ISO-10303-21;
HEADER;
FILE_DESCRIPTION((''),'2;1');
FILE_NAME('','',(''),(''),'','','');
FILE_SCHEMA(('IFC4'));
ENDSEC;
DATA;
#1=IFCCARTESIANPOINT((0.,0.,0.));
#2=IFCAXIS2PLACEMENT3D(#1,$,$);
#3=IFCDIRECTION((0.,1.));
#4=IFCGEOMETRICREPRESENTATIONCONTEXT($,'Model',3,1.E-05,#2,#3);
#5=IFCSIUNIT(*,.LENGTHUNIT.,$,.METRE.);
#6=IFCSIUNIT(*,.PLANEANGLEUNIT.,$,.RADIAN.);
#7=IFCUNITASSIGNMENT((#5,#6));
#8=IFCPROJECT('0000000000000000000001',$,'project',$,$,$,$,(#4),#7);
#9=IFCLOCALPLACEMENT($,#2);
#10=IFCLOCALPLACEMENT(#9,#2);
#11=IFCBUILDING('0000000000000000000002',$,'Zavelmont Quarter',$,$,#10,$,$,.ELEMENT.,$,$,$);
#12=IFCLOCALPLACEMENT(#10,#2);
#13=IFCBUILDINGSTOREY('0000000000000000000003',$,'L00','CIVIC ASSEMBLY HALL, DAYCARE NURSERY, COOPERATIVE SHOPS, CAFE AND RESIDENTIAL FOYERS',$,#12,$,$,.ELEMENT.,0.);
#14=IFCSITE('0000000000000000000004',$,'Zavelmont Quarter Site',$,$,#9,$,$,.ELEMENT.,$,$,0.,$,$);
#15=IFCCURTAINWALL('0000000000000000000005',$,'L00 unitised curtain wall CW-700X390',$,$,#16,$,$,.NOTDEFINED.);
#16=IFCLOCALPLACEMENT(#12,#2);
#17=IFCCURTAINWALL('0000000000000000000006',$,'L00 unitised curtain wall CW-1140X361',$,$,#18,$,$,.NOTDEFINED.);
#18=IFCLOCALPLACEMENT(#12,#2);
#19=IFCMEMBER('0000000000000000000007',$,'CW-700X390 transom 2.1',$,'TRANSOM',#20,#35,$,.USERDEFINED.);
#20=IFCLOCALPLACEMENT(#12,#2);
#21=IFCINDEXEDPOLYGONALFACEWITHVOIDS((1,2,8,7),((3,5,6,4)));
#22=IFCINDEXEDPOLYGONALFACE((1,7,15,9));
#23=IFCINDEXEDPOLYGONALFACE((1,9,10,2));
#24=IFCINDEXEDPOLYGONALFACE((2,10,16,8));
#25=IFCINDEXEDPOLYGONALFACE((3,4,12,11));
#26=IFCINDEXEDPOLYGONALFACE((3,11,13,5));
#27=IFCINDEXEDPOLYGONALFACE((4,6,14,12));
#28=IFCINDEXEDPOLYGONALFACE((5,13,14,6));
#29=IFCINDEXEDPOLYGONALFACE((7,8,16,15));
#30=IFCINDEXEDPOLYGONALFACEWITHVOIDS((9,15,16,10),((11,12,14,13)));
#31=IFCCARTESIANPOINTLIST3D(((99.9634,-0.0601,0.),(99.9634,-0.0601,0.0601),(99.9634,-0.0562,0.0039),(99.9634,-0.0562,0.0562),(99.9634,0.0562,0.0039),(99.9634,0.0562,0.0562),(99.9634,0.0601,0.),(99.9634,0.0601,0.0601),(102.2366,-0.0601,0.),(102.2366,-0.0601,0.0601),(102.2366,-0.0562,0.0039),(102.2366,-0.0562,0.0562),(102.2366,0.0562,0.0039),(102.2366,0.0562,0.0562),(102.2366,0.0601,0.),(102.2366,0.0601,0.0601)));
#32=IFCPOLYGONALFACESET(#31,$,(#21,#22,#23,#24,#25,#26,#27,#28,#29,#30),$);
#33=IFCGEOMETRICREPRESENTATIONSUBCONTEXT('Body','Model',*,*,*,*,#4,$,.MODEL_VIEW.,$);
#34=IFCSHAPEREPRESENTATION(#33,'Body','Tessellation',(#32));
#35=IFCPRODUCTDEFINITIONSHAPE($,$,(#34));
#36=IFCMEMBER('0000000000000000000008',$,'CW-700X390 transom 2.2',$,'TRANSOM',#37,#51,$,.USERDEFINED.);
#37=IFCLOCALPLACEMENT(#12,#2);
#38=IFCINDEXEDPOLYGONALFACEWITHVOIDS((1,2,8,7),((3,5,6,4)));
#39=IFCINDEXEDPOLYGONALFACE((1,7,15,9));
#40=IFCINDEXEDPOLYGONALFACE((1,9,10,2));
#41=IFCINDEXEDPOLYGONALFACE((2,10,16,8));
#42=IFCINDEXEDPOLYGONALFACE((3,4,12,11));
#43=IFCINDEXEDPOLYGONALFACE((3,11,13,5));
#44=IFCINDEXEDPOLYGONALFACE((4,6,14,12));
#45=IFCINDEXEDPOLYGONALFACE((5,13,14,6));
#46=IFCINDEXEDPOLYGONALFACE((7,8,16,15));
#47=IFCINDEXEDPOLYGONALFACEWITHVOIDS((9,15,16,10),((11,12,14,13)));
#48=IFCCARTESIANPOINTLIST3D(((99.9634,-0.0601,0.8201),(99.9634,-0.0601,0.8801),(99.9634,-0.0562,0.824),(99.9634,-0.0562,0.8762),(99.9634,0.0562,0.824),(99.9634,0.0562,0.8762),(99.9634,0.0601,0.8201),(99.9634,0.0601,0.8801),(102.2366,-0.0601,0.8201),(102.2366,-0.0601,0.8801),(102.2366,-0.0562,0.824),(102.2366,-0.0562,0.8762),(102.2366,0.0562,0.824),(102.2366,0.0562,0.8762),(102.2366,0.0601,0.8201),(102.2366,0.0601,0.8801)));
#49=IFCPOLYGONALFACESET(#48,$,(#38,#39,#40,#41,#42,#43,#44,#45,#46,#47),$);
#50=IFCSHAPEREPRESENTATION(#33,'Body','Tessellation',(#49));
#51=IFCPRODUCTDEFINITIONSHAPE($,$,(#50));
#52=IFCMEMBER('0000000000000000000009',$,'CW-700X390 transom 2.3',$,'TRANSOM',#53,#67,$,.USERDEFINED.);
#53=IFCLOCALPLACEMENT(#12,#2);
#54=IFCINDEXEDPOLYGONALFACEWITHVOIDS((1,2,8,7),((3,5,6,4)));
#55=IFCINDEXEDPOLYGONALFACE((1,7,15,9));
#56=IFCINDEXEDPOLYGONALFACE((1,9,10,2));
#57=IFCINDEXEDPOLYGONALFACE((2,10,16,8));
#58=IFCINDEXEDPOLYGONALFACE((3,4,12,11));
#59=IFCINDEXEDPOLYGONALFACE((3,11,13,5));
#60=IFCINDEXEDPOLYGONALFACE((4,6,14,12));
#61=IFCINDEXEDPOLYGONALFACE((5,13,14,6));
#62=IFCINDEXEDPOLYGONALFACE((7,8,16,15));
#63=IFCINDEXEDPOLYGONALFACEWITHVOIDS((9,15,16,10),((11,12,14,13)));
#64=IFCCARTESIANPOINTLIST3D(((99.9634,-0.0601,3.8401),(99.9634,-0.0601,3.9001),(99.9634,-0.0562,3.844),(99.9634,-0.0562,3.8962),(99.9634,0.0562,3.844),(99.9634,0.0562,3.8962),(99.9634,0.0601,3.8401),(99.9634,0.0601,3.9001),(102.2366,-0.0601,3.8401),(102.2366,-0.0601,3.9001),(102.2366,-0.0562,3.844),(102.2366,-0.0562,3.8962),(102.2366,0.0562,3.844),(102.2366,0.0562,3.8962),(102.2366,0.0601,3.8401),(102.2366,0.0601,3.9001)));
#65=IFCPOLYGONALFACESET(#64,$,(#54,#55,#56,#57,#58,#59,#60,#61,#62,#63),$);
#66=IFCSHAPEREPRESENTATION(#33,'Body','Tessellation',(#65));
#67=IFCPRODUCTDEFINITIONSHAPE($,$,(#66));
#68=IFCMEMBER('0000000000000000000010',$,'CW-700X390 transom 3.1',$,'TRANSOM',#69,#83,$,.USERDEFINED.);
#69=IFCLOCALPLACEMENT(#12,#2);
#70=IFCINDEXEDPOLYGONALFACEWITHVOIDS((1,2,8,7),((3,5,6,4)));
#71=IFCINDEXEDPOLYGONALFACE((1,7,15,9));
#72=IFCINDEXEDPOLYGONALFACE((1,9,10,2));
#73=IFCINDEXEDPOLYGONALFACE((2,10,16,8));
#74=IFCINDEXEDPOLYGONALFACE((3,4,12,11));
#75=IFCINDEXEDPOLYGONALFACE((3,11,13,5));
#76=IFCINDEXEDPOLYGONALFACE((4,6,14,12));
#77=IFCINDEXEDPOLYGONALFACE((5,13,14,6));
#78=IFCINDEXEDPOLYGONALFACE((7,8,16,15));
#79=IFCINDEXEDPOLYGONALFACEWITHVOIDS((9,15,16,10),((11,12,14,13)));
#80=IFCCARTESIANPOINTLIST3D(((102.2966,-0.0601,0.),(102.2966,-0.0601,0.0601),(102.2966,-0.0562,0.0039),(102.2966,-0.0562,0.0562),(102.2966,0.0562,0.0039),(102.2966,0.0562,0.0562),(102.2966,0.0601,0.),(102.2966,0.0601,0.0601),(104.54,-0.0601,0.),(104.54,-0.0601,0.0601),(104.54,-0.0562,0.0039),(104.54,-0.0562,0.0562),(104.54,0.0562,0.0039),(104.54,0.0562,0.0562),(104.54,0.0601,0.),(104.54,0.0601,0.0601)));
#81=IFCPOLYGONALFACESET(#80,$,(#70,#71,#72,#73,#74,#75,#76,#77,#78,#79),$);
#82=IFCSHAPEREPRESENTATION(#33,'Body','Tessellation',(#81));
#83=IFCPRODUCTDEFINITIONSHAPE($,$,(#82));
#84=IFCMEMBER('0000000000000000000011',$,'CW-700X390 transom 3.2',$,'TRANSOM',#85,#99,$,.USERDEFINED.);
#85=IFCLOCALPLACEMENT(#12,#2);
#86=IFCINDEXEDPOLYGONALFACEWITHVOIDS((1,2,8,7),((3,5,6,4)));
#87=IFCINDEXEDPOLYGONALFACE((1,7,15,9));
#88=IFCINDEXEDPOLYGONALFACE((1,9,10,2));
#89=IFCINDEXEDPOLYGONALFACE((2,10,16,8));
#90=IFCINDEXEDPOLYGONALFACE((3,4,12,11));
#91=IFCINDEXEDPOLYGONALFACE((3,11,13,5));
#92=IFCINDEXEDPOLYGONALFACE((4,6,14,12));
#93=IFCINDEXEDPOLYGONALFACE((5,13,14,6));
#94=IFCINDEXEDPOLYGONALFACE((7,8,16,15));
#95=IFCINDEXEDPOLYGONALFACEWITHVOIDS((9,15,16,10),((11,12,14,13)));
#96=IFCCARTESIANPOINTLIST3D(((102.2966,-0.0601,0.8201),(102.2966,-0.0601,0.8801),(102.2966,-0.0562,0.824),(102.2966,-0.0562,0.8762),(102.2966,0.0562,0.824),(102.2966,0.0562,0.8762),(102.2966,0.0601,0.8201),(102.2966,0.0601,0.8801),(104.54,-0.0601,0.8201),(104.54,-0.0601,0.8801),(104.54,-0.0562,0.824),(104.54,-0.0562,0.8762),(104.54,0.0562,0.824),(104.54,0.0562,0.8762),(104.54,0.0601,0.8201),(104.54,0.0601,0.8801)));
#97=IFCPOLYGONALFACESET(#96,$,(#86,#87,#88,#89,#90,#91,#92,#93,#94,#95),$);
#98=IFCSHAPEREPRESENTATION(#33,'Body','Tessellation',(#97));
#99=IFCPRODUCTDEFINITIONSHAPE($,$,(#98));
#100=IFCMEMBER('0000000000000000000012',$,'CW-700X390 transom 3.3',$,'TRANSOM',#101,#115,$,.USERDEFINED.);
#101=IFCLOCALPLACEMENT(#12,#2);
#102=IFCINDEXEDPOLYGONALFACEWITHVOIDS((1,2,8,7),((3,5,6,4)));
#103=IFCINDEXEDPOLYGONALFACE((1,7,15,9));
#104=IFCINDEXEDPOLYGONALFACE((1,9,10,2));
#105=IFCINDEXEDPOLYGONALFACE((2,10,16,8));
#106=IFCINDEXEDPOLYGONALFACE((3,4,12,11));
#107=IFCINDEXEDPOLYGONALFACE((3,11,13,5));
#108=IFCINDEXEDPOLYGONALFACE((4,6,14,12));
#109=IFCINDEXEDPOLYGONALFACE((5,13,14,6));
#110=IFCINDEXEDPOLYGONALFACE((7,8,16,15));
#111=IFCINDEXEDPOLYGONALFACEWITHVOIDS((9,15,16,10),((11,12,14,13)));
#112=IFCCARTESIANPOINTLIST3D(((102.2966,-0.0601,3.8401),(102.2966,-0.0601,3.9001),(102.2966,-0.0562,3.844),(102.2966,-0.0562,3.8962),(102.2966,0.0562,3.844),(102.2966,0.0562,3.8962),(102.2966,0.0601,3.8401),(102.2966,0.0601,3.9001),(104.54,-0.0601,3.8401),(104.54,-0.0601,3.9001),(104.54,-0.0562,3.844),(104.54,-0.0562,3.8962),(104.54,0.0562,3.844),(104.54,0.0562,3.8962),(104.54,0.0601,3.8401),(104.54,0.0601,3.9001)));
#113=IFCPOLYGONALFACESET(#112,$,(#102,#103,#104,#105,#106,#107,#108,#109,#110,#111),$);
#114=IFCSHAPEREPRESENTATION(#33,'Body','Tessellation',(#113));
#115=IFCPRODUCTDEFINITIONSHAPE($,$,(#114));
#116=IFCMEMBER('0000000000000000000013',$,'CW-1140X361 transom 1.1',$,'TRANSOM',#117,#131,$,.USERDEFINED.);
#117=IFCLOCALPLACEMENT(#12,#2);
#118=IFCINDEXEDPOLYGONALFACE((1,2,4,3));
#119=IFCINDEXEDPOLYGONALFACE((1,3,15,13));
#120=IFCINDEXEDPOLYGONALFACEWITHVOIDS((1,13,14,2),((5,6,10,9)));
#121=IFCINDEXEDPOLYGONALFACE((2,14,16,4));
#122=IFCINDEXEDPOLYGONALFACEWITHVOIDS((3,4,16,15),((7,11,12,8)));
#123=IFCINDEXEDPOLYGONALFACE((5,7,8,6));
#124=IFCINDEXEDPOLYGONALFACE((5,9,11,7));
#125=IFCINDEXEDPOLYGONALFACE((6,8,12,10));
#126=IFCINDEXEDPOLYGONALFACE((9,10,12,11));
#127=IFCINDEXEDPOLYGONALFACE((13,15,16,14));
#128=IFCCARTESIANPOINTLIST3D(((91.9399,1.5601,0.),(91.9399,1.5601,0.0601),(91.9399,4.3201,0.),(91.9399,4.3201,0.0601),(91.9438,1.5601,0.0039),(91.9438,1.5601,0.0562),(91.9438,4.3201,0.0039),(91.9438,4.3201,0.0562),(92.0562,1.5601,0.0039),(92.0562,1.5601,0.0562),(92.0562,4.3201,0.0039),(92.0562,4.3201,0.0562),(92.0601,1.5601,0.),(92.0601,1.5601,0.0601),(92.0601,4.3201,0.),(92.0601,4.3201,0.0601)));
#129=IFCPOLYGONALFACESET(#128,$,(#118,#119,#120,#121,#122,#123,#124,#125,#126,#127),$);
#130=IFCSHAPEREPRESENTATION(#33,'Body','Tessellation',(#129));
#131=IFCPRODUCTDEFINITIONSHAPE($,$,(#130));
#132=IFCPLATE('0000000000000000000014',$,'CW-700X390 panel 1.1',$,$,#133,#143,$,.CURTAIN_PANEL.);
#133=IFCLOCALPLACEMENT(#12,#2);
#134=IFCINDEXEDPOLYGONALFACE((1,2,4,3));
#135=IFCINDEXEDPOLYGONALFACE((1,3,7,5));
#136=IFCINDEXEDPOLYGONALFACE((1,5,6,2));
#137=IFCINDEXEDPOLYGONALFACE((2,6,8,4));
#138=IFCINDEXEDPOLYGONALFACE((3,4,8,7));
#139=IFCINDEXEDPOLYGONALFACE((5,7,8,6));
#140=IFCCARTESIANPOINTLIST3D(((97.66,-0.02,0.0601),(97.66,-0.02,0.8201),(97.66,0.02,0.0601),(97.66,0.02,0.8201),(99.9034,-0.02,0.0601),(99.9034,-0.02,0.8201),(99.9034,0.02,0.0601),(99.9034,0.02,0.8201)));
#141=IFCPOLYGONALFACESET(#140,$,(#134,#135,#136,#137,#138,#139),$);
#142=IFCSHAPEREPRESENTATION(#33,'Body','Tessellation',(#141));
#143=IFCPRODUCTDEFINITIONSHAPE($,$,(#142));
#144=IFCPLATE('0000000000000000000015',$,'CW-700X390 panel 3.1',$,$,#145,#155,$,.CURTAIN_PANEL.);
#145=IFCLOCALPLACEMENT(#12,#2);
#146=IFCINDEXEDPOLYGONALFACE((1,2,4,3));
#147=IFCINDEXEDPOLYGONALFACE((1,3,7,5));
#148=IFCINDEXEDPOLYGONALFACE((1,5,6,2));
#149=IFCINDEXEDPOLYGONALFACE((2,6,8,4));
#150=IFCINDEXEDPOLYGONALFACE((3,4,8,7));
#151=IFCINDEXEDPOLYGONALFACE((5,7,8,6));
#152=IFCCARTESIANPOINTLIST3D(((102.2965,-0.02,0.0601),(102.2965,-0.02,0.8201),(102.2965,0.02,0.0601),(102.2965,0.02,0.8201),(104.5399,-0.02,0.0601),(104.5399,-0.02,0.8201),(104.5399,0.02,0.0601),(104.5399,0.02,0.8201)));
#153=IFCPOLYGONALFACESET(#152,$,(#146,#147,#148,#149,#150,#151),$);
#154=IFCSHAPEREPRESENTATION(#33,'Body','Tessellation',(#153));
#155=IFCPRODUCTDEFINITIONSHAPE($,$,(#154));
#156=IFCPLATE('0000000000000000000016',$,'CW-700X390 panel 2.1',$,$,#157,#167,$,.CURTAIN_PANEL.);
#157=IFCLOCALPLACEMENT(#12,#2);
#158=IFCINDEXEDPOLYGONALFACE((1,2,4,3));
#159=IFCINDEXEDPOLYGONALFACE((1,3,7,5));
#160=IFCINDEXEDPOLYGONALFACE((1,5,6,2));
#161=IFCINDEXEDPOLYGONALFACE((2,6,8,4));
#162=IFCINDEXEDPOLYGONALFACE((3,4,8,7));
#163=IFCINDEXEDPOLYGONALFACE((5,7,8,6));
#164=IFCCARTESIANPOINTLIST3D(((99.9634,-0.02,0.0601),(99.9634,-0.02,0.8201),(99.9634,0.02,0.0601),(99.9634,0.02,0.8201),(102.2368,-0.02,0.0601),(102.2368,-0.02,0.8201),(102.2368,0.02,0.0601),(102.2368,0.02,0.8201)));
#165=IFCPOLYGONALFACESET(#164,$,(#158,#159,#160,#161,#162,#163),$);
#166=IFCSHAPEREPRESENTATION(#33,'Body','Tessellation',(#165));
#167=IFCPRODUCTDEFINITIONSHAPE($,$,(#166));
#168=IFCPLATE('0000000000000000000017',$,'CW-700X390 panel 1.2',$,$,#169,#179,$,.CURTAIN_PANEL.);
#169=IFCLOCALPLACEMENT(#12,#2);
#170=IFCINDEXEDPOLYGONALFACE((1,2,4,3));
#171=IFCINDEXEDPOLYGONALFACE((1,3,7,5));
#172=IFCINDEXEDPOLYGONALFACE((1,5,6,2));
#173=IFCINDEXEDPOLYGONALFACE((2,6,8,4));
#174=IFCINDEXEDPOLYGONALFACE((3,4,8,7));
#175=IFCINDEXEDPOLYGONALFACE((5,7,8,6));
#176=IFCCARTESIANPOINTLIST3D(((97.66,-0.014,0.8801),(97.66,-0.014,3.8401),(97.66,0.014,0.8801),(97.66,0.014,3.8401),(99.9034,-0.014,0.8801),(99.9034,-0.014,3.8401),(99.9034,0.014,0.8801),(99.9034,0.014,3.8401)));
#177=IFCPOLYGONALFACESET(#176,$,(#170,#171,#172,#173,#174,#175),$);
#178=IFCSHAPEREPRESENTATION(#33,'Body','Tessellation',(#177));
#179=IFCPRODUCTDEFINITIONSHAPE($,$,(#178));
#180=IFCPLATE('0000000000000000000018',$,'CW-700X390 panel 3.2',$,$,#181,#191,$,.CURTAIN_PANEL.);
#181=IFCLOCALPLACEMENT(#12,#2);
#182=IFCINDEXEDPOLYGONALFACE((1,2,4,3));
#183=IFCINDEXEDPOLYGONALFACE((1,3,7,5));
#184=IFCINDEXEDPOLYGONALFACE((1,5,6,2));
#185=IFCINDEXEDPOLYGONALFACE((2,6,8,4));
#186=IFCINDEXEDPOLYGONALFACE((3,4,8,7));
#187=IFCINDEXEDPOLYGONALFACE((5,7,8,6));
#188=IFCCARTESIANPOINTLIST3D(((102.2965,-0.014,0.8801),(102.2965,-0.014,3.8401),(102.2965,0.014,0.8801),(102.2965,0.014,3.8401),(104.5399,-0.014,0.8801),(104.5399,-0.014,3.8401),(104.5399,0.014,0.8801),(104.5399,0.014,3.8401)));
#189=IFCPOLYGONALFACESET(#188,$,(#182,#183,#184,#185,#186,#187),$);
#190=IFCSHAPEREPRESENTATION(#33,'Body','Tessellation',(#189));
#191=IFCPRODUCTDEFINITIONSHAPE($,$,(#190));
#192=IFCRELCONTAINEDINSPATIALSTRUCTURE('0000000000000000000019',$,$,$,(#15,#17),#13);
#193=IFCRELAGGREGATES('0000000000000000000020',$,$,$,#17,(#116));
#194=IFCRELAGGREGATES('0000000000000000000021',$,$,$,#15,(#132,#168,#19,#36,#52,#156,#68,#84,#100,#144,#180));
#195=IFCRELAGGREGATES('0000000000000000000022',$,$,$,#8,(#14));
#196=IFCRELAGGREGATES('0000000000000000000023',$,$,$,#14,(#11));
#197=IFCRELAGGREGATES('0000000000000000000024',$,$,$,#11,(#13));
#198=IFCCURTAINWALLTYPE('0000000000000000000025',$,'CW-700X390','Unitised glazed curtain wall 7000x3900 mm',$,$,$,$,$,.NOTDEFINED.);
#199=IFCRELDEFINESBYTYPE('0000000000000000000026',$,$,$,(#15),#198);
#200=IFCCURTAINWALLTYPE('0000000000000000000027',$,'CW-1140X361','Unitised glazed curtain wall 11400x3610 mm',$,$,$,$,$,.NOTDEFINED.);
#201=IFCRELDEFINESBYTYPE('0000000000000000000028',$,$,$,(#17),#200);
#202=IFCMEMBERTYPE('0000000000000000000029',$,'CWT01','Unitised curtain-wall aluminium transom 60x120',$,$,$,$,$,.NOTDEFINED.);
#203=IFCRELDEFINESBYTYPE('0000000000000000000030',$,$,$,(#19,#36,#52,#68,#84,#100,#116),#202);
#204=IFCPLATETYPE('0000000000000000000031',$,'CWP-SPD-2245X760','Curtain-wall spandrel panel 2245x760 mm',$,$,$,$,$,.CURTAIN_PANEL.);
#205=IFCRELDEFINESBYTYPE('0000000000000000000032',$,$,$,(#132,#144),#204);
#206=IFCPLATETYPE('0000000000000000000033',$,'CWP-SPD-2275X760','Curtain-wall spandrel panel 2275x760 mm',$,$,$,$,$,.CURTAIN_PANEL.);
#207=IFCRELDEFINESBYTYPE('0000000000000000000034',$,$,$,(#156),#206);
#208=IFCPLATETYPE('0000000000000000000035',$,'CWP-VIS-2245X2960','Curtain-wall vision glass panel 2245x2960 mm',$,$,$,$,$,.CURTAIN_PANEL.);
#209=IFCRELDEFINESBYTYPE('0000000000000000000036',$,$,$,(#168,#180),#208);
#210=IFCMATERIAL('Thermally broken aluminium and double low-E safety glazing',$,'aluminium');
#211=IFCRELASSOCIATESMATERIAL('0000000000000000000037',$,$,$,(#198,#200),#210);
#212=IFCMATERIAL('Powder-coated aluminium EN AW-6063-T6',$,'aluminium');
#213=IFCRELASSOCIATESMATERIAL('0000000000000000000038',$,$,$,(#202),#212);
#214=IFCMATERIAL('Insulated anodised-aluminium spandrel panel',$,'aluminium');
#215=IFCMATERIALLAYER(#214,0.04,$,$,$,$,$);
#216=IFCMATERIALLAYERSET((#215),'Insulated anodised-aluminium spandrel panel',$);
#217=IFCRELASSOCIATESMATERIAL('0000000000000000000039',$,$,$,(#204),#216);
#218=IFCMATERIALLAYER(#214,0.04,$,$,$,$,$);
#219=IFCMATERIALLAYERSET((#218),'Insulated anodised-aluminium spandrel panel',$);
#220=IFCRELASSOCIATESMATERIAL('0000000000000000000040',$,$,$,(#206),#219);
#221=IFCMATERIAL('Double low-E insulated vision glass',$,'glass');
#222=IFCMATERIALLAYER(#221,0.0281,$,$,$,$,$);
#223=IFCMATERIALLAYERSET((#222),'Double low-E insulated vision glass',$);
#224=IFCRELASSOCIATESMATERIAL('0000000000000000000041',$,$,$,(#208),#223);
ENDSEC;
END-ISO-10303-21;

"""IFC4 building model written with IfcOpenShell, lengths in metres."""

from ifc_helpers import new_model, si_unit, direction, frame, origin, origin_2d, place, context, subcontext, project, spatial, rectangle, hollow_rectangle, extrude, material, layer, layer_set, material_profile, profile_set, type_object, element, aggregate, save


model = new_model("IFC4")

# Units and contexts
model_context = context("Model", 3, precision=1e-05, world=origin(), true_north=direction((0.0, 1.0)))
body_context = subcontext(model_context, "Body", "Model", "MODEL_VIEW")
ifc_project = project(units=[si_unit("LENGTHUNIT", "METRE"), si_unit("PLANEANGLEUNIT", "RADIAN")], contexts=[model_context])

# Site, building, storey
site_placement = place(None, origin())
site = spatial("IfcSite", under=ifc_project, at=site_placement, Name="Zavelmont Quarter Site", CompositionType="ELEMENT", RefElevation=0.0)
building_placement = place(site_placement, origin())
building = spatial("IfcBuilding", under=site, at=building_placement, Name="Zavelmont Quarter", CompositionType="ELEMENT")
storey_placement = place(building_placement, origin())
storey = spatial("IfcBuildingStorey", under=building, at=storey_placement, Name="L00", Description="CIVIC ASSEMBLY HALL, DAYCARE NURSERY, COOPERATIVE SHOPS, CAFE AND RESIDENTIAL FOYERS", CompositionType="ELEMENT", Elevation=0.0)

# Curtain wall
ifc_material_1 = material(Name="Thermally broken aluminium and double low-E safety glazing", Category="aluminium")
curtain_wall_type_1 = type_object("IfcCurtainWallType", Name="CW-700X390", Description="Unitised glazed curtain wall 7000x3900 mm", PredefinedType="NOTDEFINED", material=ifc_material_1)
curtain_wall_1_placement = place(storey_placement, origin())
curtain_wall_1 = element("IfcCurtainWall", 1, at=curtain_wall_1_placement, inside=storey, type_object=curtain_wall_type_1, Name="L00 unitised curtain wall CW-700X390", PredefinedType="NOTDEFINED")
ifc_material_2 = material(Name="Powder-coated aluminium EN AW-6063-T6", Category="aluminium")

# Curtain wall
curtain_wall_type_2 = type_object("IfcCurtainWallType", Name="CW-1140X361", Description="Unitised glazed curtain wall 11400x3610 mm", PredefinedType="NOTDEFINED", material=ifc_material_1)
curtain_wall_2_placement = place(storey_placement, origin())
curtain_wall_2 = element("IfcCurtainWall", 2, at=curtain_wall_2_placement, inside=storey, type_object=curtain_wall_type_2, Name="L00 unitised curtain wall CW-1140X361", PredefinedType="NOTDEFINED")

# Members
ifc_material_profile_1 = material_profile(ifc_material_2, hollow_rectangle(XDim=0.1201, YDim=0.0601, WallThickness=0.0039, at=origin_2d()), Name="CWT60X120")
ifc_profile_set_1 = profile_set([ifc_material_profile_1], Name="Powder-coated aluminium EN AW-6063-T6")
member_type_1 = type_object("IfcMemberType", Name="CWT01", Description="Unitised curtain-wall aluminium transom 60x120", PredefinedType="NOTDEFINED", material=ifc_profile_set_1)
member_1_placement = place(storey_placement, frame((99.9634, 0.0, 0.03), z_axis=(1.0, 0.0, 0.0), x_axis=(0.0, 1.0, 0.0)))
member_1 = element("IfcMember", 3, at=member_1_placement, type_object=member_type_1, Name="CW-700X390 transom 2.1", ObjectType="TRANSOM", PredefinedType="USERDEFINED", context=body_context, shape_type="SweptSolid", body=[
    extrude(hollow_rectangle(XDim=0.1201, YDim=0.0601, WallThickness=0.0039, at=origin_2d()), origin(), (0.0, 0.0, 1.0), 2.2732),
])
member_2_placement = place(storey_placement, frame((99.9634, 0.0, 0.8501), z_axis=(1.0, 0.0, 0.0), x_axis=(0.0, 1.0, 0.0)))
member_2 = element("IfcMember", 4, at=member_2_placement, type_object=member_type_1, Name="CW-700X390 transom 2.2", ObjectType="TRANSOM", PredefinedType="USERDEFINED", context=body_context, shape_type="SweptSolid", body=[
    extrude(hollow_rectangle(XDim=0.1201, YDim=0.0601, WallThickness=0.0039, at=origin_2d()), origin(), (0.0, 0.0, 1.0), 2.2732),
])
member_3_placement = place(storey_placement, frame((99.9634, 0.0, 3.8701), z_axis=(1.0, 0.0, 0.0), x_axis=(0.0, 1.0, 0.0)))
member_3 = element("IfcMember", 5, at=member_3_placement, type_object=member_type_1, Name="CW-700X390 transom 2.3", ObjectType="TRANSOM", PredefinedType="USERDEFINED", context=body_context, shape_type="SweptSolid", body=[
    extrude(hollow_rectangle(XDim=0.1201, YDim=0.0601, WallThickness=0.0039, at=origin_2d()), origin(), (0.0, 0.0, 1.0), 2.2732),
])
member_4_placement = place(storey_placement, frame((102.2966, 0.0, 0.03), z_axis=(1.0, 0.0, 0.0), x_axis=(0.0, 1.0, 0.0)))
member_4 = element("IfcMember", 6, at=member_4_placement, type_object=member_type_1, Name="CW-700X390 transom 3.1", ObjectType="TRANSOM", PredefinedType="USERDEFINED", context=body_context, shape_type="SweptSolid", body=[
    extrude(hollow_rectangle(XDim=0.1201, YDim=0.0601, WallThickness=0.0039, at=origin_2d()), origin(), (0.0, 0.0, 1.0), 2.2434),
])
member_5_placement = place(storey_placement, frame((102.2966, 0.0, 0.8501), z_axis=(1.0, 0.0, 0.0), x_axis=(0.0, 1.0, 0.0)))
member_5 = element("IfcMember", 7, at=member_5_placement, type_object=member_type_1, Name="CW-700X390 transom 3.2", ObjectType="TRANSOM", PredefinedType="USERDEFINED", context=body_context, shape_type="SweptSolid", body=[
    extrude(hollow_rectangle(XDim=0.1201, YDim=0.0601, WallThickness=0.0039, at=origin_2d()), origin(), (0.0, 0.0, 1.0), 2.2434),
])
member_6_placement = place(storey_placement, frame((102.2966, 0.0, 3.8701), z_axis=(1.0, 0.0, 0.0), x_axis=(0.0, 1.0, 0.0)))
member_6 = element("IfcMember", 8, at=member_6_placement, type_object=member_type_1, Name="CW-700X390 transom 3.3", ObjectType="TRANSOM", PredefinedType="USERDEFINED", context=body_context, shape_type="SweptSolid", body=[
    extrude(hollow_rectangle(XDim=0.1201, YDim=0.0601, WallThickness=0.0039, at=origin_2d()), origin(), (0.0, 0.0, 1.0), 2.2434),
])
member_7_placement = place(storey_placement, frame((92.0, 1.5601, 0.03), z_axis=(0.0, 1.0, 0.0), x_axis=(-1.0, 0.0, 0.0)))
member_7 = element("IfcMember", 9, at=member_7_placement, type_object=member_type_1, Name="CW-1140X361 transom 1.1", ObjectType="TRANSOM", PredefinedType="USERDEFINED", context=body_context, shape_type="SweptSolid", body=[
    extrude(hollow_rectangle(XDim=0.1201, YDim=0.0601, WallThickness=0.0039, at=origin_2d()), origin(), (0.0, 0.0, 1.0), 2.76),
])
aggregate(curtain_wall_2, [member_7])

# Plates
ifc_material_3 = material(Name="Insulated anodised-aluminium spandrel panel", Category="aluminium")
ifc_layer_1 = layer(ifc_material_3, 0.04)
ifc_layer_set_1 = layer_set([ifc_layer_1], Name="Insulated anodised-aluminium spandrel panel")
plate_type_1 = type_object("IfcPlateType", Name="CWP-SPD-2245X760", Description="Curtain-wall spandrel panel 2245x760 mm", PredefinedType="CURTAIN_PANEL", material=ifc_layer_set_1)
plate_1_placement = place(storey_placement, frame((98.7817, 0.0, 0.0601), z_axis=(0.0, 0.0, 1.0), x_axis=(1.0, 0.0, 0.0)))
plate_1 = element("IfcPlate", 10, at=plate_1_placement, type_object=plate_type_1, Name="CW-700X390 panel 1.1", PredefinedType="CURTAIN_PANEL", context=body_context, shape_type="SweptSolid", body=[
    extrude(rectangle(XDim=2.2434, YDim=0.04, at=origin_2d()), origin(), (0.0, 0.0, 1.0), 0.76),
])
plate_2_placement = place(storey_placement, frame((103.4182, 0.0, 0.0601), z_axis=(0.0, 0.0, 1.0), x_axis=(1.0, 0.0, 0.0)))
plate_2 = element("IfcPlate", 11, at=plate_2_placement, type_object=plate_type_1, Name="CW-700X390 panel 3.1", PredefinedType="CURTAIN_PANEL", context=body_context, shape_type="SweptSolid", body=[
    extrude(rectangle(XDim=2.2434, YDim=0.04, at=origin_2d()), origin(), (0.0, 0.0, 1.0), 0.76),
])
ifc_layer_2 = layer(ifc_material_3, 0.04)
ifc_layer_set_2 = layer_set([ifc_layer_2], Name="Insulated anodised-aluminium spandrel panel")
plate_type_2 = type_object("IfcPlateType", Name="CWP-SPD-2275X760", Description="Curtain-wall spandrel panel 2275x760 mm", PredefinedType="CURTAIN_PANEL", material=ifc_layer_set_2)
plate_3_placement = place(storey_placement, frame((101.1001, 0.0, 0.0601), z_axis=(0.0, 0.0, 1.0), x_axis=(1.0, 0.0, 0.0)))
plate_3 = element("IfcPlate", 12, at=plate_3_placement, type_object=plate_type_2, Name="CW-700X390 panel 2.1", PredefinedType="CURTAIN_PANEL", context=body_context, shape_type="SweptSolid", body=[
    extrude(rectangle(XDim=2.2734, YDim=0.04, at=origin_2d()), origin(), (0.0, 0.0, 1.0), 0.76),
])
ifc_material_4 = material(Name="Double low-E insulated vision glass", Category="glass")
ifc_layer_3 = layer(ifc_material_4, 0.0281)
ifc_layer_set_3 = layer_set([ifc_layer_3], Name="Double low-E insulated vision glass")
plate_type_3 = type_object("IfcPlateType", Name="CWP-VIS-2245X2960", Description="Curtain-wall vision glass panel 2245x2960 mm", PredefinedType="CURTAIN_PANEL", material=ifc_layer_set_3)
plate_4_placement = place(storey_placement, frame((98.7817, 0.0, 0.8801), z_axis=(0.0, 0.0, 1.0), x_axis=(1.0, 0.0, 0.0)))
plate_4 = element("IfcPlate", 13, at=plate_4_placement, type_object=plate_type_3, Name="CW-700X390 panel 1.2", PredefinedType="CURTAIN_PANEL", context=body_context, shape_type="SweptSolid", body=[
    extrude(rectangle(XDim=2.2434, YDim=0.0281, at=origin_2d()), origin(), (0.0, 0.0, 1.0), 2.96),
])
plate_5_placement = place(storey_placement, frame((103.4182, 0.0, 0.8801), z_axis=(0.0, 0.0, 1.0), x_axis=(1.0, 0.0, 0.0)))
plate_5 = element("IfcPlate", 14, at=plate_5_placement, type_object=plate_type_3, Name="CW-700X390 panel 3.2", PredefinedType="CURTAIN_PANEL", context=body_context, shape_type="SweptSolid", body=[
    extrude(rectangle(XDim=2.2434, YDim=0.0281, at=origin_2d()), origin(), (0.0, 0.0, 1.0), 2.96),
])
aggregate(curtain_wall_1, [plate_1, plate_4, member_1, member_2, member_3, plate_3, member_4, member_5, member_6, plate_2, plate_5])

save(model, "model.ifc")
